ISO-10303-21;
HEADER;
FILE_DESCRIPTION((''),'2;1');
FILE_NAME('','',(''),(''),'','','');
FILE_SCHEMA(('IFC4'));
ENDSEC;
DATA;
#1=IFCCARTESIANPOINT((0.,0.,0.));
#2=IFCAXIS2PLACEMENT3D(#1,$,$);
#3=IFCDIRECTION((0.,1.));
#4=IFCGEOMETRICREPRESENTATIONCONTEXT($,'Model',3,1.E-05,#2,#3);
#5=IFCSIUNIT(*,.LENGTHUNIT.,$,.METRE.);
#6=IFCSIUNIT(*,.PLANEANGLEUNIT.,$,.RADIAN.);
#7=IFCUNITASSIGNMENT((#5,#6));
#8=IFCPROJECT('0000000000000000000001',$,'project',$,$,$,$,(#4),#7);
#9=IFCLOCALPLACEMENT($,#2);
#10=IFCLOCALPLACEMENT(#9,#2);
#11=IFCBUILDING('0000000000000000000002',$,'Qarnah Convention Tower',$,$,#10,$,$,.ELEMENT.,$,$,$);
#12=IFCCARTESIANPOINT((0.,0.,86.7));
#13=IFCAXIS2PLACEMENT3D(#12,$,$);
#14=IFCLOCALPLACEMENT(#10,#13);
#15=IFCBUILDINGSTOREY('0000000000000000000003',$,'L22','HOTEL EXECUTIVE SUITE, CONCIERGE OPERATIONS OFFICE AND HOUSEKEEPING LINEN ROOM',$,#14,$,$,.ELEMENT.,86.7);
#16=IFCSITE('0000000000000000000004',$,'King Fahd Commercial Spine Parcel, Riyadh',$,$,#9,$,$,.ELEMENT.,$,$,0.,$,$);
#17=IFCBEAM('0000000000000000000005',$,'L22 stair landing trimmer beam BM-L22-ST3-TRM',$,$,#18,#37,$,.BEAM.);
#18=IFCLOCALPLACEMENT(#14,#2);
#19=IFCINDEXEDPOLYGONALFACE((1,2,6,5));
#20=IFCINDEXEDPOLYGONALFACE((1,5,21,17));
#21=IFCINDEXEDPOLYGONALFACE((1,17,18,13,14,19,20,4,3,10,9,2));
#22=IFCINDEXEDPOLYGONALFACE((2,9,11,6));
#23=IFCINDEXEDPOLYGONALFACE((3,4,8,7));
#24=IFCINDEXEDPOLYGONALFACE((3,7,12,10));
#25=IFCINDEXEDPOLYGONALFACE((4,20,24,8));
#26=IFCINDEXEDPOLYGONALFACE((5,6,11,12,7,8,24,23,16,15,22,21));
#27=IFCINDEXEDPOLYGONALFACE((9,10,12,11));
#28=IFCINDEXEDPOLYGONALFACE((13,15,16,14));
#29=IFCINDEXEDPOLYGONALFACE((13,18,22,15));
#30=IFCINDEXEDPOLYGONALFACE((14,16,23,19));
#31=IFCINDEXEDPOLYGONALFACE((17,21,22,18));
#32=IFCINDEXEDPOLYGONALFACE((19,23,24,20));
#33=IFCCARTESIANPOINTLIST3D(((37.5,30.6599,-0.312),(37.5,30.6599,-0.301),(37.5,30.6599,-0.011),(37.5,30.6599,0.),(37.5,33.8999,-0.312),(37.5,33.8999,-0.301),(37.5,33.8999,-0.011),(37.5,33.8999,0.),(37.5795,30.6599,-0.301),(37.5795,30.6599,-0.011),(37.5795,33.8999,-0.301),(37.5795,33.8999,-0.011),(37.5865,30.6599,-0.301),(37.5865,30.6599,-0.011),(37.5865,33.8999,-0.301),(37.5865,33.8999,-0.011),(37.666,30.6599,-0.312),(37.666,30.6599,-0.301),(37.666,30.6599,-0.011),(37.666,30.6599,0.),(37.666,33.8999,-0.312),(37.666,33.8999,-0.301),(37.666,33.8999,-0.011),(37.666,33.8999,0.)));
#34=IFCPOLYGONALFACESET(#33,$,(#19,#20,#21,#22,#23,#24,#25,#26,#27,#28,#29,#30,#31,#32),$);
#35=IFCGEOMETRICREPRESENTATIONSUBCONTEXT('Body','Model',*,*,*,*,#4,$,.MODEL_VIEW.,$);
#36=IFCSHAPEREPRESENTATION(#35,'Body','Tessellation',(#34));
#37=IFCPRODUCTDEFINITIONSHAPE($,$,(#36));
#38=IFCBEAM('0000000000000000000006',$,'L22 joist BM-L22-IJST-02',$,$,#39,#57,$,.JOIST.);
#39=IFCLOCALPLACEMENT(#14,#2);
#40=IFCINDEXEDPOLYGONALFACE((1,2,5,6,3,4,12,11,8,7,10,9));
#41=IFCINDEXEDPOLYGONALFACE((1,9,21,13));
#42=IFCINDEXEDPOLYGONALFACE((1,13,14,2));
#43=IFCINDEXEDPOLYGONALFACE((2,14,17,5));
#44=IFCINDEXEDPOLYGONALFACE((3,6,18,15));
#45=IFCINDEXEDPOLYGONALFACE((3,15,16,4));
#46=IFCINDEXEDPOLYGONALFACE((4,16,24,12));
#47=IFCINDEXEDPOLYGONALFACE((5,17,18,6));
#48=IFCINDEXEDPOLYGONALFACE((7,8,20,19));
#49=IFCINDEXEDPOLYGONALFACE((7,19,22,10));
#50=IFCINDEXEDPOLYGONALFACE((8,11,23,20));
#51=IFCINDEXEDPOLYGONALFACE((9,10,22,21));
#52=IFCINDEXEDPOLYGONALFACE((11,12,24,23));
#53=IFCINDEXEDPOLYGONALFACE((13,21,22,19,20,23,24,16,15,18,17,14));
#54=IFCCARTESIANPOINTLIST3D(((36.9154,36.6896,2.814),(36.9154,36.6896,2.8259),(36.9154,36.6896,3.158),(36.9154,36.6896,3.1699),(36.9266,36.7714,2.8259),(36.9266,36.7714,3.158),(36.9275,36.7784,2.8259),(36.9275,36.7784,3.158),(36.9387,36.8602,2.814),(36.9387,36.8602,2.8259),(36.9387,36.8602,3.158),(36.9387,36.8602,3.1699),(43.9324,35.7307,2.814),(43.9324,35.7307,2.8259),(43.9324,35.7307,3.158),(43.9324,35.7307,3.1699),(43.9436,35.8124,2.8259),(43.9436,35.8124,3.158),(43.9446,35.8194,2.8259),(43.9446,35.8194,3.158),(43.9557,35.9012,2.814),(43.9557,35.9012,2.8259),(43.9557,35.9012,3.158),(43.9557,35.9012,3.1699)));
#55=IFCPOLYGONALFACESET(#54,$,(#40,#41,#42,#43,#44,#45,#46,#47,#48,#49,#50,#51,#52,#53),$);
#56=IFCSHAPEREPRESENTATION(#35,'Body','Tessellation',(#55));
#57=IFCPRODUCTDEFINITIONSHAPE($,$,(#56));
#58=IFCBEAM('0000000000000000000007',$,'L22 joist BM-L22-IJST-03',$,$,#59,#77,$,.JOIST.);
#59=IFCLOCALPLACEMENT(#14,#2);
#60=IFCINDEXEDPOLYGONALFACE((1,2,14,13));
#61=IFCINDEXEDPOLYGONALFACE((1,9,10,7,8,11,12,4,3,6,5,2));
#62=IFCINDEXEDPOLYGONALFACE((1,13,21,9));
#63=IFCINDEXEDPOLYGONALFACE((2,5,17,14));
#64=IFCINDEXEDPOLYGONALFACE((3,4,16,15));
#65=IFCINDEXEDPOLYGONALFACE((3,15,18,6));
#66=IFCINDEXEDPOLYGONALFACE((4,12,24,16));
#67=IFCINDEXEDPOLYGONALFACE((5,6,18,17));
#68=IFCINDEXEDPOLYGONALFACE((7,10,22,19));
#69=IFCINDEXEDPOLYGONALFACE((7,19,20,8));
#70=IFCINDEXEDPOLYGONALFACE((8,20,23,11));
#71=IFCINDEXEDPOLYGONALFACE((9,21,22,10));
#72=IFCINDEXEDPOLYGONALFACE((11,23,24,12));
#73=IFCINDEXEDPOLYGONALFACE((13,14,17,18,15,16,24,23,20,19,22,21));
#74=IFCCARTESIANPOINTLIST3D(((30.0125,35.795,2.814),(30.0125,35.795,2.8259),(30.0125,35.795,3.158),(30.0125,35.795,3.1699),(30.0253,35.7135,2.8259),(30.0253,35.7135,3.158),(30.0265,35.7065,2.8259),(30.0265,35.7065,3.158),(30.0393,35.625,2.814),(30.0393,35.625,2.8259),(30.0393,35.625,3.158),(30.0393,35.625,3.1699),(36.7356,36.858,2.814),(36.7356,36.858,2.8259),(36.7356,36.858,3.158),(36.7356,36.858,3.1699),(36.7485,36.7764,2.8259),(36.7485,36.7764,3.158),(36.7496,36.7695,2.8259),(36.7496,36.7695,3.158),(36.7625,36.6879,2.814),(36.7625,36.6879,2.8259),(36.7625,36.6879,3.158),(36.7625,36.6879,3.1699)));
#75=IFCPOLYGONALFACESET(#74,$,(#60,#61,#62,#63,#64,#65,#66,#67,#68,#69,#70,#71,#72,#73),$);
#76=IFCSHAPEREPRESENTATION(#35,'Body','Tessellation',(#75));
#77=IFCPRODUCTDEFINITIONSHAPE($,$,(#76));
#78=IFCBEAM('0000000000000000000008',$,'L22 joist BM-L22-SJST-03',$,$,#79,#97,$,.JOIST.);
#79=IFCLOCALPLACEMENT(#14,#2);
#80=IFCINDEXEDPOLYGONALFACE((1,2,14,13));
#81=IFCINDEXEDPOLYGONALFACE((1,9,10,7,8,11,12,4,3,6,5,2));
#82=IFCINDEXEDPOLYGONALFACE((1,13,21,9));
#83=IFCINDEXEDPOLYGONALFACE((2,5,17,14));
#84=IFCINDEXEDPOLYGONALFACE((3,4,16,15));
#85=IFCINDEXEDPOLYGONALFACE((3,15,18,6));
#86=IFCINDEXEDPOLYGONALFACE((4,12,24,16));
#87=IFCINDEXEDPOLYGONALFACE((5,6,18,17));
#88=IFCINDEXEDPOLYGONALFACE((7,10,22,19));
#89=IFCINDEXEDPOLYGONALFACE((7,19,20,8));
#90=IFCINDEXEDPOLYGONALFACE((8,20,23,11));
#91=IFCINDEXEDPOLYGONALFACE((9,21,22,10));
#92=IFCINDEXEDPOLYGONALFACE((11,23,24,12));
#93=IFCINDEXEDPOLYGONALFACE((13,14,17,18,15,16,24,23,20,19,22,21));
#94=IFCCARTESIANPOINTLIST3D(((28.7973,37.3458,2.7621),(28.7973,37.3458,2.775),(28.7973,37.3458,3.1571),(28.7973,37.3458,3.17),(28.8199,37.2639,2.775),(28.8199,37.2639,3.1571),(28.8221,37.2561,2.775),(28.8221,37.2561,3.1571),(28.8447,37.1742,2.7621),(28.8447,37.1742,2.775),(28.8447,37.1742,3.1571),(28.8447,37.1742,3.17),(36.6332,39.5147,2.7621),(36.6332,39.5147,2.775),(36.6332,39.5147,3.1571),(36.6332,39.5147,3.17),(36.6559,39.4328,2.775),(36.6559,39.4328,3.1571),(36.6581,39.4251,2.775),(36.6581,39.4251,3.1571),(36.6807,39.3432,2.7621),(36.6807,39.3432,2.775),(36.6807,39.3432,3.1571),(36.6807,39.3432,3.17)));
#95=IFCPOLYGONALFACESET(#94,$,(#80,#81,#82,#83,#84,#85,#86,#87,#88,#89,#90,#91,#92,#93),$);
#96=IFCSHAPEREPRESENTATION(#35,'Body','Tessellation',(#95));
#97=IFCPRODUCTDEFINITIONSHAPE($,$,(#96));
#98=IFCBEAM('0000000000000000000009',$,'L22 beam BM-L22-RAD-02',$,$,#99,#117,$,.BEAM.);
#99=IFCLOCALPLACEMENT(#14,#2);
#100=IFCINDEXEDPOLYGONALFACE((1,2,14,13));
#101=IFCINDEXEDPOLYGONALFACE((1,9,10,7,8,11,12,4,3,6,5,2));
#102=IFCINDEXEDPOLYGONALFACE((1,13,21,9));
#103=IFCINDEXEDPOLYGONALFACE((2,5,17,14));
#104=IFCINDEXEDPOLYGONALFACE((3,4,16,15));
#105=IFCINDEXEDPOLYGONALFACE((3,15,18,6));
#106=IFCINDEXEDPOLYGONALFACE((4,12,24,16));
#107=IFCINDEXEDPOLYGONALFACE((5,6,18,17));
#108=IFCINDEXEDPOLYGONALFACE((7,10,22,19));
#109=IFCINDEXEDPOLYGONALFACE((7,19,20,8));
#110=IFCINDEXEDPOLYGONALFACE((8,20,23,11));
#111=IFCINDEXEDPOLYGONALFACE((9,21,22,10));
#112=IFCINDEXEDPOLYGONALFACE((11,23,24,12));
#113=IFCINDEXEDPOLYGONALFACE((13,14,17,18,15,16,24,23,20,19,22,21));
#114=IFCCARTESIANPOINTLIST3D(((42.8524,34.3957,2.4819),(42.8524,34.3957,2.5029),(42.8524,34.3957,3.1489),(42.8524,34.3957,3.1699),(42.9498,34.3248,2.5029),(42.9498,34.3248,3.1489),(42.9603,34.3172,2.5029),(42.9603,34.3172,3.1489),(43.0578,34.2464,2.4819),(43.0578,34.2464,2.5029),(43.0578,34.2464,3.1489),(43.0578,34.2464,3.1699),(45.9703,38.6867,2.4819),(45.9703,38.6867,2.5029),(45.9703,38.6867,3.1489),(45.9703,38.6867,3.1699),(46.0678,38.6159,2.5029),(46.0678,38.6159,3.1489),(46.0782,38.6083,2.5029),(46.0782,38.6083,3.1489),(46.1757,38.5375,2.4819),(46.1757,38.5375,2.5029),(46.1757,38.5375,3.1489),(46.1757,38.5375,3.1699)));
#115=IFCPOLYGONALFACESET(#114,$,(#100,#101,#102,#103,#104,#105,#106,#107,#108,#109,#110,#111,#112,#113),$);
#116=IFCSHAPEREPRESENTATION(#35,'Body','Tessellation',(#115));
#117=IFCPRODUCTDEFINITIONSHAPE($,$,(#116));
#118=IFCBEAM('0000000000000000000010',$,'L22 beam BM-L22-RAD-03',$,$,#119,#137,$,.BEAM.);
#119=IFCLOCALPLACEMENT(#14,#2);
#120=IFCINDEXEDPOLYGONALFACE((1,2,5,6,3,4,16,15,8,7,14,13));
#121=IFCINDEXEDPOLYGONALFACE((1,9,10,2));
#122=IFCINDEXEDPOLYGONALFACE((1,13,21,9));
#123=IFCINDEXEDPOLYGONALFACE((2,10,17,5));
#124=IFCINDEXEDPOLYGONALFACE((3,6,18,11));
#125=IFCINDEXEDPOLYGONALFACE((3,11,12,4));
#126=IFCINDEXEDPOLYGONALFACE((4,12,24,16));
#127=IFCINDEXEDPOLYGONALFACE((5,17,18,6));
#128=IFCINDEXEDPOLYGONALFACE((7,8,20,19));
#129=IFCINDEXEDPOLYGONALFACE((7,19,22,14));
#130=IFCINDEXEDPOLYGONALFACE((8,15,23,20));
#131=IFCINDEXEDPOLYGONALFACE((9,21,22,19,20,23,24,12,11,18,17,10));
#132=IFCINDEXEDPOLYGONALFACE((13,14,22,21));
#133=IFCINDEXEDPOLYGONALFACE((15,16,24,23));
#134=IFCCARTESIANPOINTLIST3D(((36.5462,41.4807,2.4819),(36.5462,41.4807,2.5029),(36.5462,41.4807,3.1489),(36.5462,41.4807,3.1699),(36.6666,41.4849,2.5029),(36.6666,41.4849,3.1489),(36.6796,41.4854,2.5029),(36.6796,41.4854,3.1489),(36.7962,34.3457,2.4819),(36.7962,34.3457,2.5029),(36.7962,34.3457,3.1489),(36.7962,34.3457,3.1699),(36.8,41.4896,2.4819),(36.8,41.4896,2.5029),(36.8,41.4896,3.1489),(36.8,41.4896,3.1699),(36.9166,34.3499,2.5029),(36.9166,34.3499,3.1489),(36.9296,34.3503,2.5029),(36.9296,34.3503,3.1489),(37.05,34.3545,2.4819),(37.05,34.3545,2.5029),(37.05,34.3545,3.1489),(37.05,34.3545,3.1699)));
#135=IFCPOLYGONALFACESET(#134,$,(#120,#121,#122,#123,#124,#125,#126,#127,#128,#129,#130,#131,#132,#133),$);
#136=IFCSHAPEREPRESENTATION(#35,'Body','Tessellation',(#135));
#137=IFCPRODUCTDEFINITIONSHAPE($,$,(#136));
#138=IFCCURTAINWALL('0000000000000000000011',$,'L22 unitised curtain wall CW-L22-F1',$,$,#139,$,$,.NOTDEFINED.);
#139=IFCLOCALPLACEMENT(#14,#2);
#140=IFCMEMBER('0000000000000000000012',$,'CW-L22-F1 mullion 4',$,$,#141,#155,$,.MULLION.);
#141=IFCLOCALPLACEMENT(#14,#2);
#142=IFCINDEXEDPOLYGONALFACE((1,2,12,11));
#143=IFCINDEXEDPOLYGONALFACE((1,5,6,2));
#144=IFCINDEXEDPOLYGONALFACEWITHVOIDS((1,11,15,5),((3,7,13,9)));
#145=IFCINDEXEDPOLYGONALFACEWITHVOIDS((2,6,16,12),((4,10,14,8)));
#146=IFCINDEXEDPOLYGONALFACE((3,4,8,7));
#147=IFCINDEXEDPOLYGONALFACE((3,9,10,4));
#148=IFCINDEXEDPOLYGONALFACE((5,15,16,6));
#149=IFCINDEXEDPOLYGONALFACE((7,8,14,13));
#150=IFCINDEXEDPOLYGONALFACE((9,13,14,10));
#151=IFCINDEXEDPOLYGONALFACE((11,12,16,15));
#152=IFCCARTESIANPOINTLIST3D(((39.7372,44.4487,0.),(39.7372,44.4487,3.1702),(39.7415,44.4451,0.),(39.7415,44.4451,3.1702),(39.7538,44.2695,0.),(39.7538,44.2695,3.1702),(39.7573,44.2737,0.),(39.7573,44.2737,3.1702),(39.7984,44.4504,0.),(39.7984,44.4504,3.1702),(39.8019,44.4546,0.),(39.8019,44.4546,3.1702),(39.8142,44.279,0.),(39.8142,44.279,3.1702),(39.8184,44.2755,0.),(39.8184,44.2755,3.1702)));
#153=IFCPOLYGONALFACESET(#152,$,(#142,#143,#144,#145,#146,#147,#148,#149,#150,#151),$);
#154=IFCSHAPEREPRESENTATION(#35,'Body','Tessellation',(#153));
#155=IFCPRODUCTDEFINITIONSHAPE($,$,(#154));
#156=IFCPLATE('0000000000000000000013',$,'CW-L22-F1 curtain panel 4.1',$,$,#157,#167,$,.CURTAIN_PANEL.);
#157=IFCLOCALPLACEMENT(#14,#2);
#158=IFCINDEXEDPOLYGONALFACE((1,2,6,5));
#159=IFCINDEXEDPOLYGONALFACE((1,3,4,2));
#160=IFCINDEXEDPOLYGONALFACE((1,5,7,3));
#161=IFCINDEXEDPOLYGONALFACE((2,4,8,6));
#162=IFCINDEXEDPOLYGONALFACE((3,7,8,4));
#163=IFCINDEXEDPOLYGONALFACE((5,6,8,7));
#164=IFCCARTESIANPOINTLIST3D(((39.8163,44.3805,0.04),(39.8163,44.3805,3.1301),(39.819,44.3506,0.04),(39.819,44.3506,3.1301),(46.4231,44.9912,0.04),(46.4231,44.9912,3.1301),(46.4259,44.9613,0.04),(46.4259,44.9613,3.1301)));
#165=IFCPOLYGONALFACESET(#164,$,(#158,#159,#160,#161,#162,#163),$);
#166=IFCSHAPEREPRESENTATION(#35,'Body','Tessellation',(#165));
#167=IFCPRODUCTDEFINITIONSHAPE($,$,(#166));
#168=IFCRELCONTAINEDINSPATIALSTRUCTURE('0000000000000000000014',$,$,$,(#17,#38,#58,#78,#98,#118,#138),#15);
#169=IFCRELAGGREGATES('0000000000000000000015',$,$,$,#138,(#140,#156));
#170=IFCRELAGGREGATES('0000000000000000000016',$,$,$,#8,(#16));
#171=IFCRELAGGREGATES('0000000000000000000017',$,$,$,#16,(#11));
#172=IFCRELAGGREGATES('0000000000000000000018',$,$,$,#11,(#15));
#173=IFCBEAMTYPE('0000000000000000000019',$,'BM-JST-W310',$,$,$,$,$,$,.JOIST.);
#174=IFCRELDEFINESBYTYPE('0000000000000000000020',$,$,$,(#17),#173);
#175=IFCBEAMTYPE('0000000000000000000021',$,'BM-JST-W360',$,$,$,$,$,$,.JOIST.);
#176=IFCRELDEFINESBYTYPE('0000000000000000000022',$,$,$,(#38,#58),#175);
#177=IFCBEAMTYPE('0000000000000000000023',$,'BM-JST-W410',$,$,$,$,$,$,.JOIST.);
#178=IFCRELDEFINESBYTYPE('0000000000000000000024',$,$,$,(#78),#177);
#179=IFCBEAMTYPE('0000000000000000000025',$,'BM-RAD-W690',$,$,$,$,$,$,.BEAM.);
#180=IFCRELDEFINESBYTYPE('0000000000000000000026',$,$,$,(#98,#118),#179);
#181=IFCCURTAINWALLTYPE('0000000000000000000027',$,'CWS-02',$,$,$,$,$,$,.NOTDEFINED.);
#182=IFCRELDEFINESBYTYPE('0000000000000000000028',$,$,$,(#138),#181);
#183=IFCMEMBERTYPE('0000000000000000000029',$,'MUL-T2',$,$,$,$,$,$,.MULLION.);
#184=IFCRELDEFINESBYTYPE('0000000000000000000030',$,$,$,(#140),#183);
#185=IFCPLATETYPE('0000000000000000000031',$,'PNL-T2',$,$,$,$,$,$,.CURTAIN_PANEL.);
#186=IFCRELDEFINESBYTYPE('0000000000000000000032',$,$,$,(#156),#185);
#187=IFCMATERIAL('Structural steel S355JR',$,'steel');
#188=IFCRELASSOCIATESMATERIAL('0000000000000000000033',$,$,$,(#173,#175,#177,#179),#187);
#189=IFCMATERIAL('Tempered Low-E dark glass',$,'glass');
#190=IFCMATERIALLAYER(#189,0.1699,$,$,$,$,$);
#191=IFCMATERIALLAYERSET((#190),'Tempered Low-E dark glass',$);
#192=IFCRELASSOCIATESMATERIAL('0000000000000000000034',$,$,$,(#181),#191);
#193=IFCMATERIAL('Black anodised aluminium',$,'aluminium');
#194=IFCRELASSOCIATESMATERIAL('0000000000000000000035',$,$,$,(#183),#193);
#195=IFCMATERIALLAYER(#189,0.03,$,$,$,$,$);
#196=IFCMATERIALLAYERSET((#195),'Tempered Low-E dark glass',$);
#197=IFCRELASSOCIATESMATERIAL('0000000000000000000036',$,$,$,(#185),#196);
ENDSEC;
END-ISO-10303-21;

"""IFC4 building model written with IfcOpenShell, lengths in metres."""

from ifc_helpers import new_model, si_unit, direction, frame, origin, origin_2d, place, context, subcontext, project, spatial, rectangle, hollow_rectangle, i_section, extrude, material, layer, layer_set, material_profile, profile_set, type_object, element, aggregate, save


model = new_model("IFC4")

# Units and contexts
model_context = context("Model", 3, precision=1e-05, world=origin(), true_north=direction((0.0, 1.0)))
body_context = subcontext(model_context, "Body", "Model", "MODEL_VIEW")
ifc_project = project(units=[si_unit("LENGTHUNIT", "METRE"), si_unit("PLANEANGLEUNIT", "RADIAN")], contexts=[model_context])

# Site, building, storey
site_placement = place(None, origin())
site = spatial("IfcSite", under=ifc_project, at=site_placement, Name="King Fahd Commercial Spine Parcel, Riyadh", CompositionType="ELEMENT", RefElevation=0.0)
building_placement = place(site_placement, origin())
building = spatial("IfcBuilding", under=site, at=building_placement, Name="Qarnah Convention Tower", CompositionType="ELEMENT")
storey_placement = place(building_placement, frame((0.0, 0.0, 86.7)))
storey = spatial("IfcBuildingStorey", under=building, at=storey_placement, Name="L22", Description="HOTEL EXECUTIVE SUITE, CONCIERGE OPERATIONS OFFICE AND HOUSEKEEPING LINEN ROOM", CompositionType="ELEMENT", Elevation=86.7)

# Beams
ifc_material_1 = material(Name="Structural steel S355JR", Category="steel")
ifc_material_profile_1 = material_profile(ifc_material_1, i_section(OverallWidth=0.166, OverallDepth=0.312, WebThickness=0.0071, FlangeThickness=0.011, at=origin_2d()), Name="W310X45")
ifc_profile_set_1 = profile_set([ifc_material_profile_1], Name="Structural steel S355JR")
beam_type_1 = type_object("IfcBeamType", Name="BM-JST-W310", PredefinedType="JOIST", material=ifc_profile_set_1)
beam_1_placement = place(storey_placement, frame((37.583, 30.6599, -0.156), z_axis=(0.0, 1.0, 0.0), x_axis=(-1.0, 0.0, 0.0)))
element("IfcBeam", 1, at=beam_1_placement, inside=storey, type_object=beam_type_1, Name="L22 stair landing trimmer beam BM-L22-ST3-TRM", PredefinedType="BEAM", context=body_context, shape_type="SweptSolid", body=[
    extrude(i_section(OverallWidth=0.166, OverallDepth=0.312, WebThickness=0.0071, FlangeThickness=0.011, at=origin_2d()), origin(), (0.0, 0.0, 1.0), 3.24),
])
ifc_material_profile_2 = material_profile(ifc_material_1, i_section(OverallWidth=0.1721, OverallDepth=0.356, WebThickness=0.0071, FlangeThickness=0.012, at=origin_2d()), Name="W360X51")
ifc_profile_set_2 = profile_set([ifc_material_profile_2], Name="Structural steel S355JR")
beam_type_2 = type_object("IfcBeamType", Name="BM-JST-W360", PredefinedType="JOIST", material=ifc_profile_set_2)
beam_2_placement = place(storey_placement, frame((43.9441, 35.8159, 2.9919), z_axis=(-0.99079, 0.135405, 0.0), x_axis=(-0.135405, -0.99079, 0.0)))
element("IfcBeam", 2, at=beam_2_placement, inside=storey, type_object=beam_type_2, Name="L22 joist BM-L22-IJST-02", PredefinedType="JOIST", context=body_context, shape_type="SweptSolid", body=[
    extrude(i_section(OverallWidth=0.1721, OverallDepth=0.356, WebThickness=0.0071, FlangeThickness=0.012, at=origin_2d()), origin(), (0.0, 0.0, 1.0), 7.0823),
])
beam_3_placement = place(storey_placement, frame((36.749, 36.7729, 2.9919), z_axis=(-0.98773, -0.156169, 0.0), x_axis=(0.156169, -0.98773, 0.0)))
element("IfcBeam", 3, at=beam_3_placement, inside=storey, type_object=beam_type_2, Name="L22 joist BM-L22-IJST-03", PredefinedType="JOIST", context=body_context, shape_type="SweptSolid", body=[
    extrude(i_section(OverallWidth=0.1721, OverallDepth=0.356, WebThickness=0.0071, FlangeThickness=0.012, at=origin_2d()), origin(), (0.0, 0.0, 1.0), 6.8066),
])
ifc_material_profile_3 = material_profile(ifc_material_1, i_section(OverallWidth=0.178, OverallDepth=0.408, WebThickness=0.0081, FlangeThickness=0.0129, at=origin_2d()), Name="W410X60")
ifc_profile_set_3 = profile_set([ifc_material_profile_3], Name="Structural steel S355JR")
beam_type_3 = type_object("IfcBeamType", Name="BM-JST-W410", PredefinedType="JOIST", material=ifc_profile_set_3)
beam_4_placement = place(storey_placement, frame((36.657, 39.429, 2.9661), z_axis=(-0.963762, -0.266764, 0.0), x_axis=(0.266764, -0.963762, 0.0)))
element("IfcBeam", 4, at=beam_4_placement, inside=storey, type_object=beam_type_3, Name="L22 joist BM-L22-SJST-03", PredefinedType="JOIST", context=body_context, shape_type="SweptSolid", body=[
    extrude(i_section(OverallWidth=0.178, OverallDepth=0.408, WebThickness=0.0081, FlangeThickness=0.0129, at=origin_2d()), origin(), (0.0, 0.0, 1.0), 8.1306),
])
ifc_material_profile_4 = material_profile(ifc_material_1, i_section(OverallWidth=0.2539, OverallDepth=0.688, WebThickness=0.0129, FlangeThickness=0.021, at=origin_2d()), Name="W690X152")
ifc_profile_set_4 = profile_set([ifc_material_profile_4], Name="Structural steel S355JR")
beam_type_4 = type_object("IfcBeamType", Name="BM-RAD-W690", PredefinedType="BEAM", material=ifc_profile_set_4)
beam_5_placement = place(storey_placement, frame((42.9551, 34.321, 2.8259), z_axis=(0.587824, 0.808989, 0.0), x_axis=(-0.808989, 0.587824, 0.0)))
element("IfcBeam", 5, at=beam_5_placement, inside=storey, type_object=beam_type_4, Name="L22 beam BM-L22-RAD-02", PredefinedType="BEAM", context=body_context, shape_type="SweptSolid", body=[
    extrude(i_section(OverallWidth=0.2539, OverallDepth=0.688, WebThickness=0.0129, FlangeThickness=0.021, at=origin_2d()), origin(), (0.0, 0.0, 1.0), 5.3042),
])
beam_6_placement = place(storey_placement, frame((36.9231, 34.3501, 2.8259), z_axis=(-0.035017, 0.999387, 0.0), x_axis=(-0.999387, -0.035017, 0.0)))
element("IfcBeam", 6, at=beam_6_placement, inside=storey, type_object=beam_type_4, Name="L22 beam BM-L22-RAD-03", PredefinedType="BEAM", context=body_context, shape_type="SweptSolid", body=[
    extrude(i_section(OverallWidth=0.2539, OverallDepth=0.688, WebThickness=0.0129, FlangeThickness=0.021, at=origin_2d()), origin(), (0.0, 0.0, 1.0), 7.1394),
])

# Curtain wall, member, plate
ifc_material_2 = material(Name="Tempered Low-E dark glass", Category="glass")
ifc_layer_1 = layer(ifc_material_2, 0.1699)
ifc_layer_set_1 = layer_set([ifc_layer_1], Name="Tempered Low-E dark glass")
curtain_wall_type = type_object("IfcCurtainWallType", Name="CWS-02", PredefinedType="NOTDEFINED", material=ifc_layer_set_1)
curtain_wall_placement = place(storey_placement, origin())
curtain_wall = element("IfcCurtainWall", 7, at=curtain_wall_placement, inside=storey, type_object=curtain_wall_type, Name="L22 unitised curtain wall CW-L22-F1", PredefinedType="NOTDEFINED")
ifc_material_3 = material(Name="Black anodised aluminium", Category="aluminium")
ifc_material_profile_5 = material_profile(ifc_material_3, hollow_rectangle(XDim=0.0649, YDim=0.1799, WallThickness=0.0039, at=origin_2d()), Name="MUL-65X180")
ifc_profile_set_5 = profile_set([ifc_material_profile_5], Name="Black anodised aluminium")
member_type = type_object("IfcMemberType", Name="MUL-T2", PredefinedType="MULLION", material=ifc_profile_set_5)
member_placement = place(storey_placement, frame((39.7778, 44.3621, 0.0), z_axis=(0.0, 0.0, 1.0), x_axis=(0.995756, 0.092031, 0.0)))
member = element("IfcMember", 8, at=member_placement, type_object=member_type, Name="CW-L22-F1 mullion 4", PredefinedType="MULLION", context=body_context, shape_type="SweptSolid", body=[
    extrude(hollow_rectangle(XDim=0.0649, YDim=0.1799, WallThickness=0.0039, at=origin_2d()), origin(), (0.0, 0.0, 1.0), 3.1702),
])
ifc_layer_2 = layer(ifc_material_2, 0.03)
ifc_layer_set_2 = layer_set([ifc_layer_2], Name="Tempered Low-E dark glass")
plate_type = type_object("IfcPlateType", Name="PNL-T2", PredefinedType="CURTAIN_PANEL", material=ifc_layer_set_2)
plate_placement = place(storey_placement, frame((43.1211, 44.6709, 0.04), z_axis=(0.0, 0.0, 1.0), x_axis=(0.995756, 0.092031, 0.0)))
plate = element("IfcPlate", 9, at=plate_placement, type_object=plate_type, Name="CW-L22-F1 curtain panel 4.1", PredefinedType="CURTAIN_PANEL", context=body_context, shape_type="SweptSolid", body=[
    extrude(rectangle(XDim=6.635, YDim=0.03, at=origin_2d()), origin(), (0.0, 0.0, 1.0), 3.0901),
])
aggregate(curtain_wall, [member, plate])

save(model, "model.ifc")
